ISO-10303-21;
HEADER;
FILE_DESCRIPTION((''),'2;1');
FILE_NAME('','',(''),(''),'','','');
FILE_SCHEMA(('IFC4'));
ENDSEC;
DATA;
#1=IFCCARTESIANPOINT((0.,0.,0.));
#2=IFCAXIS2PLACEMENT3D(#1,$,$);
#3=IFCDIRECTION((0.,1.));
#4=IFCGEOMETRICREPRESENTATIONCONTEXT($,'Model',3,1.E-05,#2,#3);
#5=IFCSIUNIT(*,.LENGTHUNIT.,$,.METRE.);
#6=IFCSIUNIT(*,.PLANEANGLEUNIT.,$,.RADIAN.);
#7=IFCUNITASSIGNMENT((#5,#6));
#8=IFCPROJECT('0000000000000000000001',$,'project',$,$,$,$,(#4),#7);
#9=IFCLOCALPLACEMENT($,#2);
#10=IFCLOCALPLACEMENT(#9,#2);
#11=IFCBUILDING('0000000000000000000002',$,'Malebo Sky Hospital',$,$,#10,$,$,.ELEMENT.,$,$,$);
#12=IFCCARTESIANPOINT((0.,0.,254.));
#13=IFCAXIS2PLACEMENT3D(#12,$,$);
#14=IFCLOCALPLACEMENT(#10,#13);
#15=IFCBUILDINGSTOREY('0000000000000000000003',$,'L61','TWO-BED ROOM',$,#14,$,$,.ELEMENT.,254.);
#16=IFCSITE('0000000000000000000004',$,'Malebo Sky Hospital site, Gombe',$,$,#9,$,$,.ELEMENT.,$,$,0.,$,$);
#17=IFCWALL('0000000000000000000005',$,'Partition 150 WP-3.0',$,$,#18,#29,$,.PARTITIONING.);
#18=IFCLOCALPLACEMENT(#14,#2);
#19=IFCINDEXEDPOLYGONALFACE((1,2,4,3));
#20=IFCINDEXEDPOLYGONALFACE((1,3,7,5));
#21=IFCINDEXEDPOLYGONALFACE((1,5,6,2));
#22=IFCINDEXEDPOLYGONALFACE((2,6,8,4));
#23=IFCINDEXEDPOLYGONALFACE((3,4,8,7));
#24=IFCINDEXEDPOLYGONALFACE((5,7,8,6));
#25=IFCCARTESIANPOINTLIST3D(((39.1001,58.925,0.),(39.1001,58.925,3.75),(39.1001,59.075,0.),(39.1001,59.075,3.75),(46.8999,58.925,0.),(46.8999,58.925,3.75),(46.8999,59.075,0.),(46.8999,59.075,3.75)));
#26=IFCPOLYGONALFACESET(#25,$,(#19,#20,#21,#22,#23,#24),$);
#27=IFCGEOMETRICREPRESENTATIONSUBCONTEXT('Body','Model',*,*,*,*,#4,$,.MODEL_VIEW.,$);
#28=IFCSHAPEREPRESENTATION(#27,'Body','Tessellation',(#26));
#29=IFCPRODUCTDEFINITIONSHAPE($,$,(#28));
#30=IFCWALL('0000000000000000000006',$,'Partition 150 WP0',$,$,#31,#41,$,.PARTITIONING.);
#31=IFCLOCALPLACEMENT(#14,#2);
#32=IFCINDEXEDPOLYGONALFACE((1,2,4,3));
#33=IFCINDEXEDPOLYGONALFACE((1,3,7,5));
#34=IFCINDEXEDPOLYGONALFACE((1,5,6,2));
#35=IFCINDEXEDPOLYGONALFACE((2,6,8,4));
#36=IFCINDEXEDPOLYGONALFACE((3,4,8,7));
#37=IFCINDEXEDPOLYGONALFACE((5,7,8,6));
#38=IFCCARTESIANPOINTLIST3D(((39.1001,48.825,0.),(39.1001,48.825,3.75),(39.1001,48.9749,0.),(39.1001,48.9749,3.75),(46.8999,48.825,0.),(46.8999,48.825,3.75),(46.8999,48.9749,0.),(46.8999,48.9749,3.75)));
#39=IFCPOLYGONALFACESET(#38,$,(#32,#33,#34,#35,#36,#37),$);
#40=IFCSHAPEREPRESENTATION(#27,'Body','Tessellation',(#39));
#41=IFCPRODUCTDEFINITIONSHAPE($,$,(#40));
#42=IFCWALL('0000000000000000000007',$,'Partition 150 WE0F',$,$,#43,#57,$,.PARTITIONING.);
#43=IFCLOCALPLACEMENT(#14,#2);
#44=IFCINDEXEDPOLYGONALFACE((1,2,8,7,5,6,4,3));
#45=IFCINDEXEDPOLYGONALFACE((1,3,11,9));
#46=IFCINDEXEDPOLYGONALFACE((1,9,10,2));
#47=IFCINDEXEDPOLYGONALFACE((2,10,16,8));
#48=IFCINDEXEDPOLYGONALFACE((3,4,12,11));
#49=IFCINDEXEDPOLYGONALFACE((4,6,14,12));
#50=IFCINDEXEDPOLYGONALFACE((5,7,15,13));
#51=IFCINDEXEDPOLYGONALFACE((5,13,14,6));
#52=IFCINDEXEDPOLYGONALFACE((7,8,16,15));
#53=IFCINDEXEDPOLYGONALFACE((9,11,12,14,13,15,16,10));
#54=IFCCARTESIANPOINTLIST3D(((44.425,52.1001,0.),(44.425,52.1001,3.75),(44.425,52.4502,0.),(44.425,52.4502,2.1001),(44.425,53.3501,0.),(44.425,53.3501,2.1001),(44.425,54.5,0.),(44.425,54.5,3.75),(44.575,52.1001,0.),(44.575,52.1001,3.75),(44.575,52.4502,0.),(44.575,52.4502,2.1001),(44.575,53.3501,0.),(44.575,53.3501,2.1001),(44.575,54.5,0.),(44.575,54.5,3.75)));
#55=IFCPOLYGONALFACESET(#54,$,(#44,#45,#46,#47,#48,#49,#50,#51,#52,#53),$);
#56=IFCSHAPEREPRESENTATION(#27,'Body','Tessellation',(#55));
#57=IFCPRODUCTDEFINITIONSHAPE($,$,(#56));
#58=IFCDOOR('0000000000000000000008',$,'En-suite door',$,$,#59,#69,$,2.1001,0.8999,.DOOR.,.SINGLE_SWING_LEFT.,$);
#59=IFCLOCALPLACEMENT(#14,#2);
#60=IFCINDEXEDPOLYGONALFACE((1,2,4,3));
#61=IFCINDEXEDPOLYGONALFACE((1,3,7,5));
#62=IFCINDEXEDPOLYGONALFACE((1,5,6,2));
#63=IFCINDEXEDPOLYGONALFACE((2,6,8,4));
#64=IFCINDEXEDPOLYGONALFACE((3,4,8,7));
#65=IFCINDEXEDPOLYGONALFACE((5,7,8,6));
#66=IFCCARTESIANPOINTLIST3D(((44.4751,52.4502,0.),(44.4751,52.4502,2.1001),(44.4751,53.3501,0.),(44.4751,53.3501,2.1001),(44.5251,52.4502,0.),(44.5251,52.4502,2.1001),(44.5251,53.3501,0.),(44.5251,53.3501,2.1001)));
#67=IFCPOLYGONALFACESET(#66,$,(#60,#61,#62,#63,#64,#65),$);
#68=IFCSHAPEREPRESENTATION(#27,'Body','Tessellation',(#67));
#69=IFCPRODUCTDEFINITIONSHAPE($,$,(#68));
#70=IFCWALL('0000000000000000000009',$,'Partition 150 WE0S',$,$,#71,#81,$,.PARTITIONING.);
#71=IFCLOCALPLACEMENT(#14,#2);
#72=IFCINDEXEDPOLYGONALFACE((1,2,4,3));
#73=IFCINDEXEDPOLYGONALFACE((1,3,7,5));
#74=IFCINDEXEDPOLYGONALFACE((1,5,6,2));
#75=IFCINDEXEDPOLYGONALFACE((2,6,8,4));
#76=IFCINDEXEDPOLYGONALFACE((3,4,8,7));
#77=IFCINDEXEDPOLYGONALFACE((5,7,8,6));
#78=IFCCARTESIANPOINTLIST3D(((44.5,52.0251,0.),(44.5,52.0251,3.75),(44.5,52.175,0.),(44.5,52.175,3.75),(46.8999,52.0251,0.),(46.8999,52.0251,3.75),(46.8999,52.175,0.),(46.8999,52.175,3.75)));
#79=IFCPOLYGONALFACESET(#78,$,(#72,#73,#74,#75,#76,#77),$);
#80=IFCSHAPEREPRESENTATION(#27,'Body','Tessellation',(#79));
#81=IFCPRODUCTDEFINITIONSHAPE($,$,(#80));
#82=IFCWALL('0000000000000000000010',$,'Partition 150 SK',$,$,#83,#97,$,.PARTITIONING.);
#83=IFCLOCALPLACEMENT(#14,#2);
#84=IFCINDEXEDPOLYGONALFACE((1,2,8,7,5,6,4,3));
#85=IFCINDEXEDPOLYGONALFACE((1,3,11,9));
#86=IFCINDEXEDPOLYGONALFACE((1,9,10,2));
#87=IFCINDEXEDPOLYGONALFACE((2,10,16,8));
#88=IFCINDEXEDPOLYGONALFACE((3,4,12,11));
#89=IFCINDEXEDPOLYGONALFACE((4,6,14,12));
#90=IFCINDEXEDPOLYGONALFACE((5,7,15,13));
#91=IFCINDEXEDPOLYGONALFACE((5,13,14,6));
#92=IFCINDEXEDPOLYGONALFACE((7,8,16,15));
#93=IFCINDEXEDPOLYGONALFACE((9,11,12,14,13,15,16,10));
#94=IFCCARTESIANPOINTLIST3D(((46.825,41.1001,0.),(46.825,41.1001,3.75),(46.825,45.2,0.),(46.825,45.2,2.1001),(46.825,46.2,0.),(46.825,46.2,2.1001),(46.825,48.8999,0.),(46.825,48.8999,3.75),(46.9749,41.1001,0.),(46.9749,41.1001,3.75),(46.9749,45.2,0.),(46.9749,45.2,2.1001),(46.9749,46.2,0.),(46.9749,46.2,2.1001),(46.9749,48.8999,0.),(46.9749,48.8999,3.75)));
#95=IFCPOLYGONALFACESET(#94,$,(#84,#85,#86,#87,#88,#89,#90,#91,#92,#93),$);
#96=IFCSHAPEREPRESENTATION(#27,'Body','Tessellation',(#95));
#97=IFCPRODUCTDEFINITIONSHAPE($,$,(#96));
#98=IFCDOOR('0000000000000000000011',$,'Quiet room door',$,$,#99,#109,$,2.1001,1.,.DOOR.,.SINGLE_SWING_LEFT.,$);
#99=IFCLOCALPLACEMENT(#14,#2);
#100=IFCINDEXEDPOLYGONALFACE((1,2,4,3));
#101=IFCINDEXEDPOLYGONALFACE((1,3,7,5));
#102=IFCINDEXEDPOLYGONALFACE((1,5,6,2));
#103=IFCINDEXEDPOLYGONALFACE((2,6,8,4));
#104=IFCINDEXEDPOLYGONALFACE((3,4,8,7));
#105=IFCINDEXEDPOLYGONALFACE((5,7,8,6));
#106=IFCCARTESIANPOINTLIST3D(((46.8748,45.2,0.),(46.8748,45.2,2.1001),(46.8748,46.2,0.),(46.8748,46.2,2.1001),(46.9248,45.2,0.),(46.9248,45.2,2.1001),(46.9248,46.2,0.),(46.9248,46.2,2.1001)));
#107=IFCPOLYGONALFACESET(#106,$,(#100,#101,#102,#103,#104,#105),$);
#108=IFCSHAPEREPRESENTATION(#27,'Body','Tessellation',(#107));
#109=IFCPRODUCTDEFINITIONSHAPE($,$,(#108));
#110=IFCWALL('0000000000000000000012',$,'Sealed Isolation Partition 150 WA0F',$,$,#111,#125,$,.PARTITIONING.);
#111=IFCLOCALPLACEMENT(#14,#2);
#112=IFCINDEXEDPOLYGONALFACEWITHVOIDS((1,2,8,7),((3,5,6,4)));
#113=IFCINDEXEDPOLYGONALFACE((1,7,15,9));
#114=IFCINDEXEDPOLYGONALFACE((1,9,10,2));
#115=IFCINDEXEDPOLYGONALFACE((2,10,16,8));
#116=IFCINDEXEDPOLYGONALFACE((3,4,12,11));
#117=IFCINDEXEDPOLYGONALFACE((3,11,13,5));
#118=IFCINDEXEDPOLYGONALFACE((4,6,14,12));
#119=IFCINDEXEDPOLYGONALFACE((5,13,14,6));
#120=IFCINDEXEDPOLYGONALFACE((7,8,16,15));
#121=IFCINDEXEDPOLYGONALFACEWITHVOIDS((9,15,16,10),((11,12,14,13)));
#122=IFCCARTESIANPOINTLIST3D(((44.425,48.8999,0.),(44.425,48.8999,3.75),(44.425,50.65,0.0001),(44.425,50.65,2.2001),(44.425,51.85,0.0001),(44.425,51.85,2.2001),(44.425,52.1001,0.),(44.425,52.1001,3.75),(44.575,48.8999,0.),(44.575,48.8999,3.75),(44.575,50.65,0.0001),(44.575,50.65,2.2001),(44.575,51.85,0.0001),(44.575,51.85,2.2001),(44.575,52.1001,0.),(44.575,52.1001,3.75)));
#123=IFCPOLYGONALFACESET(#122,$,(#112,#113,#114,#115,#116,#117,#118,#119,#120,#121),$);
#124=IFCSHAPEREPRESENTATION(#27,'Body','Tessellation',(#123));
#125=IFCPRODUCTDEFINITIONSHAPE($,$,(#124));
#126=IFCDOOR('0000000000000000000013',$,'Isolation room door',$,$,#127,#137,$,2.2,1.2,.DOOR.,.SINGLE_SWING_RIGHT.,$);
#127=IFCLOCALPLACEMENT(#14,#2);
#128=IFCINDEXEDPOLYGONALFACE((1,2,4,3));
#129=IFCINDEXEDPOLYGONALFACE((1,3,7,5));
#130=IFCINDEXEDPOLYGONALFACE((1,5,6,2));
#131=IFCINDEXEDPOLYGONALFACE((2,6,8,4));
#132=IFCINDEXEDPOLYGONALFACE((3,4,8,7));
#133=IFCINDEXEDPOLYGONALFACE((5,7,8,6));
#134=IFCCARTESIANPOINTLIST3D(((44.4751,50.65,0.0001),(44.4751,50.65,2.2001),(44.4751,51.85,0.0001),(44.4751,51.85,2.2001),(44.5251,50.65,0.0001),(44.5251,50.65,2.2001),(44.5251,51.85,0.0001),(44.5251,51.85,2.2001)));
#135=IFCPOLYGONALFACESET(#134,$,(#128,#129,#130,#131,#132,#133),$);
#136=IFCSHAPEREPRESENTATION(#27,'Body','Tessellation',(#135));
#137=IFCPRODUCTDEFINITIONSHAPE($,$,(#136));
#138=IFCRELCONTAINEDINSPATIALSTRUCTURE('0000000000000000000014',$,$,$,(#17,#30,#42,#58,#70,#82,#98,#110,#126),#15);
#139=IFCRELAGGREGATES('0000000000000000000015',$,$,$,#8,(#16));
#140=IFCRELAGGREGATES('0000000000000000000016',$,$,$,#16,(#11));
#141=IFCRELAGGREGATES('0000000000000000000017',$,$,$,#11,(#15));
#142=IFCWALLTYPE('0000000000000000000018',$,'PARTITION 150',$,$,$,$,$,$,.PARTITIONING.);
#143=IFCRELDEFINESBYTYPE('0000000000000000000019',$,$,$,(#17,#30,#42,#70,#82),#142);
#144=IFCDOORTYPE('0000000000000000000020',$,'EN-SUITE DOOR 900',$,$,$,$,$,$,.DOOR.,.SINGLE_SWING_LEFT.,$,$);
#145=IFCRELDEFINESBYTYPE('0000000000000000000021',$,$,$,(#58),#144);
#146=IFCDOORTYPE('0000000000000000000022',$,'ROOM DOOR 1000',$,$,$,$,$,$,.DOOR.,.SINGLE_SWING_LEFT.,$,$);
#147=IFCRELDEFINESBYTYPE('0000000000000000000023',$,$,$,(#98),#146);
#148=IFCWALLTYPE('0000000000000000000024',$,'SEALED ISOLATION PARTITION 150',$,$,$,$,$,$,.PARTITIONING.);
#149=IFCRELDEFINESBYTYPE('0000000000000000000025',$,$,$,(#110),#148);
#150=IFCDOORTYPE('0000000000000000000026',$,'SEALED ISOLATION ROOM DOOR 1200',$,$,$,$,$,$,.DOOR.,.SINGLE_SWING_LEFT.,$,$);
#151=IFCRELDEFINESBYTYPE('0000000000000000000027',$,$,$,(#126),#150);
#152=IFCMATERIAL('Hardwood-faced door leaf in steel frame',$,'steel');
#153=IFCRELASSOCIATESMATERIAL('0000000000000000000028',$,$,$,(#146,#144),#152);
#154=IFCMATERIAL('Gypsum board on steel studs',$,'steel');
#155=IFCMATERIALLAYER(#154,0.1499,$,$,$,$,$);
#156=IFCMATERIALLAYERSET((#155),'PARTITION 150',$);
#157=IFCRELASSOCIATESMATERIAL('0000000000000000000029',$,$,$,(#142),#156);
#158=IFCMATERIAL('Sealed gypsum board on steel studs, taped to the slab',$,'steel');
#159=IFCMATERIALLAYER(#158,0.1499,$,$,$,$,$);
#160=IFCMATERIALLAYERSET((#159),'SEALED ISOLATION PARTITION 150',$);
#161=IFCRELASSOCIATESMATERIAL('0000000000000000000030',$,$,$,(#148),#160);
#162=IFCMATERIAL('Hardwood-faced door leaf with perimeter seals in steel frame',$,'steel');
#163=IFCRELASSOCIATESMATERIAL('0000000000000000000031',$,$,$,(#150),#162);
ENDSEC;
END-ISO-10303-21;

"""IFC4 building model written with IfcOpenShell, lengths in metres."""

from ifc_helpers import new_model, si_unit, direction, frame, frame_2d, origin, place, context, subcontext, project, spatial, rectangle, extrude, material, layer, layer_set, type_object, element, fill, save


model = new_model("IFC4")

# Units and contexts
model_context = context("Model", 3, precision=1e-05, world=origin(), true_north=direction((0.0, 1.0)))
body_context = subcontext(model_context, "Body", "Model", "MODEL_VIEW")
ifc_project = project(units=[si_unit("LENGTHUNIT", "METRE"), si_unit("PLANEANGLEUNIT", "RADIAN")], contexts=[model_context])

# Site, building, storey
site_placement = place(None, origin())
site = spatial("IfcSite", under=ifc_project, at=site_placement, Name="Malebo Sky Hospital site, Gombe", CompositionType="ELEMENT", RefElevation=0.0)
building_placement = place(site_placement, origin())
building = spatial("IfcBuilding", under=site, at=building_placement, Name="Malebo Sky Hospital", CompositionType="ELEMENT")
storey_placement = place(building_placement, frame((0.0, 0.0, 254.0)))
storey = spatial("IfcBuildingStorey", under=building, at=storey_placement, Name="L61", Description="TWO-BED ROOM", CompositionType="ELEMENT", Elevation=254.0)

# Shared definitions
ifc_material_1 = material(Name="Gypsum board on steel studs", Category="steel")
ifc_material_2 = material(Name="Hardwood-faced door leaf in steel frame", Category="steel")
door_type_1 = type_object("IfcDoorType", Name="ROOM DOOR 1000", OperationType="SINGLE_SWING_LEFT", PredefinedType="DOOR", material=ifc_material_2)

# Walls
ifc_layer_1 = layer(ifc_material_1, 0.1499)
ifc_layer_set_1 = layer_set([ifc_layer_1], Name="PARTITION 150")
wall_type_1 = type_object("IfcWallType", Name="PARTITION 150", PredefinedType="PARTITIONING", material=ifc_layer_set_1)
for number, where, z_axis, x_axis, name in (
    (1, (46.8999, 59.0, 0.0), (0.0, 0.0, 1.0), (-1.0, 0.0, 0.0), "Partition 150 WP-3.0"),
    (2, (46.8999, 48.8999, 0.0), (0.0, 0.0, 1.0), (-1.0, 0.0, 0.0), "Partition 150 WP0"),
):
    element("IfcWall", number, at=place(storey_placement, frame(where, z_axis=z_axis, x_axis=x_axis)), inside=storey, type_object=wall_type_1, Name=name, PredefinedType="PARTITIONING", context=body_context, shape_type="SweptSolid", body=[
        extrude(rectangle(XDim=7.7998, YDim=0.1499, at=frame_2d((3.8999, 0.0))), origin(), (0.0, 0.0, 1.0), 3.75),
    ])

# Wall, opening, door
wall_1_placement = place(storey_placement, frame((44.5, 52.1001, 0.0), z_axis=(0.0, 0.0, 1.0), x_axis=(0.0, 1.0, 0.0)))
wall_1 = element("IfcWall", 3, at=wall_1_placement, inside=storey, type_object=wall_type_1, Name="Partition 150 WE0F", PredefinedType="PARTITIONING", context=body_context, shape_type="SweptSolid", body=[
    extrude(rectangle(XDim=2.3999, YDim=0.1499, at=frame_2d((1.2, 0.0))), origin(), (0.0, 0.0, 1.0), 3.75),
])
opening_1_placement = place(wall_1_placement, frame((0.3501, 0.0, 0.0)))
opening_1 = element("IfcOpeningElement", 4, at=opening_1_placement, cuts=wall_1, PredefinedType="OPENING", context=body_context, shape_type="SweptSolid", body=[
    extrude(rectangle(XDim=0.8999, YDim=2.1001, at=frame_2d((0.45, 1.05))), frame((0.0, 0.085, 0.0), z_axis=(0.0, -1.0, 0.0), x_axis=(1.0, 0.0, 0.0)), (0.0, 0.0, 1.0), 0.1699),
])
door_type_2 = type_object("IfcDoorType", Name="EN-SUITE DOOR 900", OperationType="SINGLE_SWING_LEFT", PredefinedType="DOOR", material=ifc_material_2)
door_1_placement = place(opening_1_placement, origin())
door_1 = element("IfcDoor", 5, at=door_1_placement, inside=storey, type_object=door_type_2, Name="En-suite door", OperationType="SINGLE_SWING_LEFT", OverallHeight=2.1001, OverallWidth=0.8999, PredefinedType="DOOR", context=body_context, shape_type="SweptSolid", body=[
    extrude(rectangle(XDim=0.8999, YDim=2.1001, at=frame_2d((0.45, 1.05))), frame((0.0, 0.0249, 0.0), z_axis=(0.0, -1.0, 0.0), x_axis=(1.0, 0.0, 0.0)), (0.0, 0.0, 1.0), 0.05),
])
fill(opening_1, door_1)

# Wall
wall_2_placement = place(storey_placement, frame((46.8999, 52.1001, 0.0), z_axis=(0.0, 0.0, 1.0), x_axis=(-1.0, 0.0, 0.0)))
element("IfcWall", 6, at=wall_2_placement, inside=storey, type_object=wall_type_1, Name="Partition 150 WE0S", PredefinedType="PARTITIONING", context=body_context, shape_type="SweptSolid", body=[
    extrude(rectangle(XDim=2.3999, YDim=0.1499, at=frame_2d((1.2, 0.0))), origin(), (0.0, 0.0, 1.0), 3.75),
])

# Walls, openings, doors
wall_3_placement = place(storey_placement, frame((46.8999, 48.8999, 0.0), z_axis=(0.0, 0.0, 1.0), x_axis=(0.0, -1.0, 0.0)))
wall_3 = element("IfcWall", 7, at=wall_3_placement, inside=storey, type_object=wall_type_1, Name="Partition 150 SK", PredefinedType="PARTITIONING", context=body_context, shape_type="SweptSolid", body=[
    extrude(rectangle(XDim=7.7998, YDim=0.1499, at=frame_2d((3.8999, 0.0))), origin(), (0.0, 0.0, 1.0), 3.75),
])
opening_2_placement = place(wall_3_placement, frame((2.7, 0.0, 0.0)))
opening_2 = element("IfcOpeningElement", 8, at=opening_2_placement, cuts=wall_3, PredefinedType="OPENING", context=body_context, shape_type="SweptSolid", body=[
    extrude(rectangle(XDim=1.0, YDim=2.1001, at=frame_2d((0.5, 1.05))), frame((0.0, 0.085, 0.0), z_axis=(0.0, -1.0, 0.0), x_axis=(1.0, 0.0, 0.0)), (0.0, 0.0, 1.0), 0.1699),
])
door_2_placement = place(opening_2_placement, origin())
door_2 = element("IfcDoor", 9, at=door_2_placement, inside=storey, type_object=door_type_1, Name="Quiet room door", OperationType="SINGLE_SWING_LEFT", OverallHeight=2.1001, OverallWidth=1.0, PredefinedType="DOOR", context=body_context, shape_type="SweptSolid", body=[
    extrude(rectangle(XDim=1.0, YDim=2.1001, at=frame_2d((0.5, 1.05))), frame((0.0, 0.0249, 0.0), z_axis=(0.0, -1.0, 0.0), x_axis=(1.0, 0.0, 0.0)), (0.0, 0.0, 1.0), 0.05),
])
fill(opening_2, door_2)
ifc_material_3 = material(Name="Sealed gypsum board on steel studs, taped to the slab", Category="steel")
ifc_layer_2 = layer(ifc_material_3, 0.1499)
ifc_layer_set_2 = layer_set([ifc_layer_2], Name="SEALED ISOLATION PARTITION 150")
wall_type_2 = type_object("IfcWallType", Name="SEALED ISOLATION PARTITION 150", PredefinedType="PARTITIONING", material=ifc_layer_set_2)
wall_4_placement = place(storey_placement, frame((44.5, 48.8999, 0.0), z_axis=(0.0, 0.0, 1.0), x_axis=(0.0, 1.0, 0.0)))
wall_4 = element("IfcWall", 10, at=wall_4_placement, inside=storey, type_object=wall_type_2, Name="Sealed Isolation Partition 150 WA0F", PredefinedType="PARTITIONING", context=body_context, shape_type="SweptSolid", body=[
    extrude(rectangle(XDim=3.2002, YDim=0.1499, at=frame_2d((1.6001, 0.0))), origin(), (0.0, 0.0, 1.0), 3.75),
])
opening_3_placement = place(wall_4_placement, frame((1.75, 0.0, 0.0)))
opening_3 = element("IfcOpeningElement", 11, at=opening_3_placement, cuts=wall_4, PredefinedType="OPENING", context=body_context, shape_type="SweptSolid", body=[
    extrude(rectangle(XDim=1.2, YDim=2.2, at=frame_2d((0.6001, 1.1001))), frame((0.0, 0.085, 0.0), z_axis=(0.0, -1.0, 0.0), x_axis=(1.0, 0.0, 0.0)), (0.0, 0.0, 1.0), 0.1699),
])
ifc_material_4 = material(Name="Hardwood-faced door leaf with perimeter seals in steel frame", Category="steel")
door_type_3 = type_object("IfcDoorType", Name="SEALED ISOLATION ROOM DOOR 1200", OperationType="SINGLE_SWING_LEFT", PredefinedType="DOOR", material=ifc_material_4)
door_3_placement = place(opening_3_placement, origin())
door_3 = element("IfcDoor", 12, at=door_3_placement, inside=storey, type_object=door_type_3, Name="Isolation room door", OperationType="SINGLE_SWING_RIGHT", OverallHeight=2.2, OverallWidth=1.2, PredefinedType="DOOR", context=body_context, shape_type="SweptSolid", body=[
    extrude(rectangle(XDim=1.2, YDim=2.2, at=frame_2d((0.6001, 1.1001))), frame((0.0, 0.0249, 0.0), z_axis=(0.0, -1.0, 0.0), x_axis=(1.0, 0.0, 0.0)), (0.0, 0.0, 1.0), 0.05),
])
fill(opening_3, door_3)

save(model, "model.ifc")
